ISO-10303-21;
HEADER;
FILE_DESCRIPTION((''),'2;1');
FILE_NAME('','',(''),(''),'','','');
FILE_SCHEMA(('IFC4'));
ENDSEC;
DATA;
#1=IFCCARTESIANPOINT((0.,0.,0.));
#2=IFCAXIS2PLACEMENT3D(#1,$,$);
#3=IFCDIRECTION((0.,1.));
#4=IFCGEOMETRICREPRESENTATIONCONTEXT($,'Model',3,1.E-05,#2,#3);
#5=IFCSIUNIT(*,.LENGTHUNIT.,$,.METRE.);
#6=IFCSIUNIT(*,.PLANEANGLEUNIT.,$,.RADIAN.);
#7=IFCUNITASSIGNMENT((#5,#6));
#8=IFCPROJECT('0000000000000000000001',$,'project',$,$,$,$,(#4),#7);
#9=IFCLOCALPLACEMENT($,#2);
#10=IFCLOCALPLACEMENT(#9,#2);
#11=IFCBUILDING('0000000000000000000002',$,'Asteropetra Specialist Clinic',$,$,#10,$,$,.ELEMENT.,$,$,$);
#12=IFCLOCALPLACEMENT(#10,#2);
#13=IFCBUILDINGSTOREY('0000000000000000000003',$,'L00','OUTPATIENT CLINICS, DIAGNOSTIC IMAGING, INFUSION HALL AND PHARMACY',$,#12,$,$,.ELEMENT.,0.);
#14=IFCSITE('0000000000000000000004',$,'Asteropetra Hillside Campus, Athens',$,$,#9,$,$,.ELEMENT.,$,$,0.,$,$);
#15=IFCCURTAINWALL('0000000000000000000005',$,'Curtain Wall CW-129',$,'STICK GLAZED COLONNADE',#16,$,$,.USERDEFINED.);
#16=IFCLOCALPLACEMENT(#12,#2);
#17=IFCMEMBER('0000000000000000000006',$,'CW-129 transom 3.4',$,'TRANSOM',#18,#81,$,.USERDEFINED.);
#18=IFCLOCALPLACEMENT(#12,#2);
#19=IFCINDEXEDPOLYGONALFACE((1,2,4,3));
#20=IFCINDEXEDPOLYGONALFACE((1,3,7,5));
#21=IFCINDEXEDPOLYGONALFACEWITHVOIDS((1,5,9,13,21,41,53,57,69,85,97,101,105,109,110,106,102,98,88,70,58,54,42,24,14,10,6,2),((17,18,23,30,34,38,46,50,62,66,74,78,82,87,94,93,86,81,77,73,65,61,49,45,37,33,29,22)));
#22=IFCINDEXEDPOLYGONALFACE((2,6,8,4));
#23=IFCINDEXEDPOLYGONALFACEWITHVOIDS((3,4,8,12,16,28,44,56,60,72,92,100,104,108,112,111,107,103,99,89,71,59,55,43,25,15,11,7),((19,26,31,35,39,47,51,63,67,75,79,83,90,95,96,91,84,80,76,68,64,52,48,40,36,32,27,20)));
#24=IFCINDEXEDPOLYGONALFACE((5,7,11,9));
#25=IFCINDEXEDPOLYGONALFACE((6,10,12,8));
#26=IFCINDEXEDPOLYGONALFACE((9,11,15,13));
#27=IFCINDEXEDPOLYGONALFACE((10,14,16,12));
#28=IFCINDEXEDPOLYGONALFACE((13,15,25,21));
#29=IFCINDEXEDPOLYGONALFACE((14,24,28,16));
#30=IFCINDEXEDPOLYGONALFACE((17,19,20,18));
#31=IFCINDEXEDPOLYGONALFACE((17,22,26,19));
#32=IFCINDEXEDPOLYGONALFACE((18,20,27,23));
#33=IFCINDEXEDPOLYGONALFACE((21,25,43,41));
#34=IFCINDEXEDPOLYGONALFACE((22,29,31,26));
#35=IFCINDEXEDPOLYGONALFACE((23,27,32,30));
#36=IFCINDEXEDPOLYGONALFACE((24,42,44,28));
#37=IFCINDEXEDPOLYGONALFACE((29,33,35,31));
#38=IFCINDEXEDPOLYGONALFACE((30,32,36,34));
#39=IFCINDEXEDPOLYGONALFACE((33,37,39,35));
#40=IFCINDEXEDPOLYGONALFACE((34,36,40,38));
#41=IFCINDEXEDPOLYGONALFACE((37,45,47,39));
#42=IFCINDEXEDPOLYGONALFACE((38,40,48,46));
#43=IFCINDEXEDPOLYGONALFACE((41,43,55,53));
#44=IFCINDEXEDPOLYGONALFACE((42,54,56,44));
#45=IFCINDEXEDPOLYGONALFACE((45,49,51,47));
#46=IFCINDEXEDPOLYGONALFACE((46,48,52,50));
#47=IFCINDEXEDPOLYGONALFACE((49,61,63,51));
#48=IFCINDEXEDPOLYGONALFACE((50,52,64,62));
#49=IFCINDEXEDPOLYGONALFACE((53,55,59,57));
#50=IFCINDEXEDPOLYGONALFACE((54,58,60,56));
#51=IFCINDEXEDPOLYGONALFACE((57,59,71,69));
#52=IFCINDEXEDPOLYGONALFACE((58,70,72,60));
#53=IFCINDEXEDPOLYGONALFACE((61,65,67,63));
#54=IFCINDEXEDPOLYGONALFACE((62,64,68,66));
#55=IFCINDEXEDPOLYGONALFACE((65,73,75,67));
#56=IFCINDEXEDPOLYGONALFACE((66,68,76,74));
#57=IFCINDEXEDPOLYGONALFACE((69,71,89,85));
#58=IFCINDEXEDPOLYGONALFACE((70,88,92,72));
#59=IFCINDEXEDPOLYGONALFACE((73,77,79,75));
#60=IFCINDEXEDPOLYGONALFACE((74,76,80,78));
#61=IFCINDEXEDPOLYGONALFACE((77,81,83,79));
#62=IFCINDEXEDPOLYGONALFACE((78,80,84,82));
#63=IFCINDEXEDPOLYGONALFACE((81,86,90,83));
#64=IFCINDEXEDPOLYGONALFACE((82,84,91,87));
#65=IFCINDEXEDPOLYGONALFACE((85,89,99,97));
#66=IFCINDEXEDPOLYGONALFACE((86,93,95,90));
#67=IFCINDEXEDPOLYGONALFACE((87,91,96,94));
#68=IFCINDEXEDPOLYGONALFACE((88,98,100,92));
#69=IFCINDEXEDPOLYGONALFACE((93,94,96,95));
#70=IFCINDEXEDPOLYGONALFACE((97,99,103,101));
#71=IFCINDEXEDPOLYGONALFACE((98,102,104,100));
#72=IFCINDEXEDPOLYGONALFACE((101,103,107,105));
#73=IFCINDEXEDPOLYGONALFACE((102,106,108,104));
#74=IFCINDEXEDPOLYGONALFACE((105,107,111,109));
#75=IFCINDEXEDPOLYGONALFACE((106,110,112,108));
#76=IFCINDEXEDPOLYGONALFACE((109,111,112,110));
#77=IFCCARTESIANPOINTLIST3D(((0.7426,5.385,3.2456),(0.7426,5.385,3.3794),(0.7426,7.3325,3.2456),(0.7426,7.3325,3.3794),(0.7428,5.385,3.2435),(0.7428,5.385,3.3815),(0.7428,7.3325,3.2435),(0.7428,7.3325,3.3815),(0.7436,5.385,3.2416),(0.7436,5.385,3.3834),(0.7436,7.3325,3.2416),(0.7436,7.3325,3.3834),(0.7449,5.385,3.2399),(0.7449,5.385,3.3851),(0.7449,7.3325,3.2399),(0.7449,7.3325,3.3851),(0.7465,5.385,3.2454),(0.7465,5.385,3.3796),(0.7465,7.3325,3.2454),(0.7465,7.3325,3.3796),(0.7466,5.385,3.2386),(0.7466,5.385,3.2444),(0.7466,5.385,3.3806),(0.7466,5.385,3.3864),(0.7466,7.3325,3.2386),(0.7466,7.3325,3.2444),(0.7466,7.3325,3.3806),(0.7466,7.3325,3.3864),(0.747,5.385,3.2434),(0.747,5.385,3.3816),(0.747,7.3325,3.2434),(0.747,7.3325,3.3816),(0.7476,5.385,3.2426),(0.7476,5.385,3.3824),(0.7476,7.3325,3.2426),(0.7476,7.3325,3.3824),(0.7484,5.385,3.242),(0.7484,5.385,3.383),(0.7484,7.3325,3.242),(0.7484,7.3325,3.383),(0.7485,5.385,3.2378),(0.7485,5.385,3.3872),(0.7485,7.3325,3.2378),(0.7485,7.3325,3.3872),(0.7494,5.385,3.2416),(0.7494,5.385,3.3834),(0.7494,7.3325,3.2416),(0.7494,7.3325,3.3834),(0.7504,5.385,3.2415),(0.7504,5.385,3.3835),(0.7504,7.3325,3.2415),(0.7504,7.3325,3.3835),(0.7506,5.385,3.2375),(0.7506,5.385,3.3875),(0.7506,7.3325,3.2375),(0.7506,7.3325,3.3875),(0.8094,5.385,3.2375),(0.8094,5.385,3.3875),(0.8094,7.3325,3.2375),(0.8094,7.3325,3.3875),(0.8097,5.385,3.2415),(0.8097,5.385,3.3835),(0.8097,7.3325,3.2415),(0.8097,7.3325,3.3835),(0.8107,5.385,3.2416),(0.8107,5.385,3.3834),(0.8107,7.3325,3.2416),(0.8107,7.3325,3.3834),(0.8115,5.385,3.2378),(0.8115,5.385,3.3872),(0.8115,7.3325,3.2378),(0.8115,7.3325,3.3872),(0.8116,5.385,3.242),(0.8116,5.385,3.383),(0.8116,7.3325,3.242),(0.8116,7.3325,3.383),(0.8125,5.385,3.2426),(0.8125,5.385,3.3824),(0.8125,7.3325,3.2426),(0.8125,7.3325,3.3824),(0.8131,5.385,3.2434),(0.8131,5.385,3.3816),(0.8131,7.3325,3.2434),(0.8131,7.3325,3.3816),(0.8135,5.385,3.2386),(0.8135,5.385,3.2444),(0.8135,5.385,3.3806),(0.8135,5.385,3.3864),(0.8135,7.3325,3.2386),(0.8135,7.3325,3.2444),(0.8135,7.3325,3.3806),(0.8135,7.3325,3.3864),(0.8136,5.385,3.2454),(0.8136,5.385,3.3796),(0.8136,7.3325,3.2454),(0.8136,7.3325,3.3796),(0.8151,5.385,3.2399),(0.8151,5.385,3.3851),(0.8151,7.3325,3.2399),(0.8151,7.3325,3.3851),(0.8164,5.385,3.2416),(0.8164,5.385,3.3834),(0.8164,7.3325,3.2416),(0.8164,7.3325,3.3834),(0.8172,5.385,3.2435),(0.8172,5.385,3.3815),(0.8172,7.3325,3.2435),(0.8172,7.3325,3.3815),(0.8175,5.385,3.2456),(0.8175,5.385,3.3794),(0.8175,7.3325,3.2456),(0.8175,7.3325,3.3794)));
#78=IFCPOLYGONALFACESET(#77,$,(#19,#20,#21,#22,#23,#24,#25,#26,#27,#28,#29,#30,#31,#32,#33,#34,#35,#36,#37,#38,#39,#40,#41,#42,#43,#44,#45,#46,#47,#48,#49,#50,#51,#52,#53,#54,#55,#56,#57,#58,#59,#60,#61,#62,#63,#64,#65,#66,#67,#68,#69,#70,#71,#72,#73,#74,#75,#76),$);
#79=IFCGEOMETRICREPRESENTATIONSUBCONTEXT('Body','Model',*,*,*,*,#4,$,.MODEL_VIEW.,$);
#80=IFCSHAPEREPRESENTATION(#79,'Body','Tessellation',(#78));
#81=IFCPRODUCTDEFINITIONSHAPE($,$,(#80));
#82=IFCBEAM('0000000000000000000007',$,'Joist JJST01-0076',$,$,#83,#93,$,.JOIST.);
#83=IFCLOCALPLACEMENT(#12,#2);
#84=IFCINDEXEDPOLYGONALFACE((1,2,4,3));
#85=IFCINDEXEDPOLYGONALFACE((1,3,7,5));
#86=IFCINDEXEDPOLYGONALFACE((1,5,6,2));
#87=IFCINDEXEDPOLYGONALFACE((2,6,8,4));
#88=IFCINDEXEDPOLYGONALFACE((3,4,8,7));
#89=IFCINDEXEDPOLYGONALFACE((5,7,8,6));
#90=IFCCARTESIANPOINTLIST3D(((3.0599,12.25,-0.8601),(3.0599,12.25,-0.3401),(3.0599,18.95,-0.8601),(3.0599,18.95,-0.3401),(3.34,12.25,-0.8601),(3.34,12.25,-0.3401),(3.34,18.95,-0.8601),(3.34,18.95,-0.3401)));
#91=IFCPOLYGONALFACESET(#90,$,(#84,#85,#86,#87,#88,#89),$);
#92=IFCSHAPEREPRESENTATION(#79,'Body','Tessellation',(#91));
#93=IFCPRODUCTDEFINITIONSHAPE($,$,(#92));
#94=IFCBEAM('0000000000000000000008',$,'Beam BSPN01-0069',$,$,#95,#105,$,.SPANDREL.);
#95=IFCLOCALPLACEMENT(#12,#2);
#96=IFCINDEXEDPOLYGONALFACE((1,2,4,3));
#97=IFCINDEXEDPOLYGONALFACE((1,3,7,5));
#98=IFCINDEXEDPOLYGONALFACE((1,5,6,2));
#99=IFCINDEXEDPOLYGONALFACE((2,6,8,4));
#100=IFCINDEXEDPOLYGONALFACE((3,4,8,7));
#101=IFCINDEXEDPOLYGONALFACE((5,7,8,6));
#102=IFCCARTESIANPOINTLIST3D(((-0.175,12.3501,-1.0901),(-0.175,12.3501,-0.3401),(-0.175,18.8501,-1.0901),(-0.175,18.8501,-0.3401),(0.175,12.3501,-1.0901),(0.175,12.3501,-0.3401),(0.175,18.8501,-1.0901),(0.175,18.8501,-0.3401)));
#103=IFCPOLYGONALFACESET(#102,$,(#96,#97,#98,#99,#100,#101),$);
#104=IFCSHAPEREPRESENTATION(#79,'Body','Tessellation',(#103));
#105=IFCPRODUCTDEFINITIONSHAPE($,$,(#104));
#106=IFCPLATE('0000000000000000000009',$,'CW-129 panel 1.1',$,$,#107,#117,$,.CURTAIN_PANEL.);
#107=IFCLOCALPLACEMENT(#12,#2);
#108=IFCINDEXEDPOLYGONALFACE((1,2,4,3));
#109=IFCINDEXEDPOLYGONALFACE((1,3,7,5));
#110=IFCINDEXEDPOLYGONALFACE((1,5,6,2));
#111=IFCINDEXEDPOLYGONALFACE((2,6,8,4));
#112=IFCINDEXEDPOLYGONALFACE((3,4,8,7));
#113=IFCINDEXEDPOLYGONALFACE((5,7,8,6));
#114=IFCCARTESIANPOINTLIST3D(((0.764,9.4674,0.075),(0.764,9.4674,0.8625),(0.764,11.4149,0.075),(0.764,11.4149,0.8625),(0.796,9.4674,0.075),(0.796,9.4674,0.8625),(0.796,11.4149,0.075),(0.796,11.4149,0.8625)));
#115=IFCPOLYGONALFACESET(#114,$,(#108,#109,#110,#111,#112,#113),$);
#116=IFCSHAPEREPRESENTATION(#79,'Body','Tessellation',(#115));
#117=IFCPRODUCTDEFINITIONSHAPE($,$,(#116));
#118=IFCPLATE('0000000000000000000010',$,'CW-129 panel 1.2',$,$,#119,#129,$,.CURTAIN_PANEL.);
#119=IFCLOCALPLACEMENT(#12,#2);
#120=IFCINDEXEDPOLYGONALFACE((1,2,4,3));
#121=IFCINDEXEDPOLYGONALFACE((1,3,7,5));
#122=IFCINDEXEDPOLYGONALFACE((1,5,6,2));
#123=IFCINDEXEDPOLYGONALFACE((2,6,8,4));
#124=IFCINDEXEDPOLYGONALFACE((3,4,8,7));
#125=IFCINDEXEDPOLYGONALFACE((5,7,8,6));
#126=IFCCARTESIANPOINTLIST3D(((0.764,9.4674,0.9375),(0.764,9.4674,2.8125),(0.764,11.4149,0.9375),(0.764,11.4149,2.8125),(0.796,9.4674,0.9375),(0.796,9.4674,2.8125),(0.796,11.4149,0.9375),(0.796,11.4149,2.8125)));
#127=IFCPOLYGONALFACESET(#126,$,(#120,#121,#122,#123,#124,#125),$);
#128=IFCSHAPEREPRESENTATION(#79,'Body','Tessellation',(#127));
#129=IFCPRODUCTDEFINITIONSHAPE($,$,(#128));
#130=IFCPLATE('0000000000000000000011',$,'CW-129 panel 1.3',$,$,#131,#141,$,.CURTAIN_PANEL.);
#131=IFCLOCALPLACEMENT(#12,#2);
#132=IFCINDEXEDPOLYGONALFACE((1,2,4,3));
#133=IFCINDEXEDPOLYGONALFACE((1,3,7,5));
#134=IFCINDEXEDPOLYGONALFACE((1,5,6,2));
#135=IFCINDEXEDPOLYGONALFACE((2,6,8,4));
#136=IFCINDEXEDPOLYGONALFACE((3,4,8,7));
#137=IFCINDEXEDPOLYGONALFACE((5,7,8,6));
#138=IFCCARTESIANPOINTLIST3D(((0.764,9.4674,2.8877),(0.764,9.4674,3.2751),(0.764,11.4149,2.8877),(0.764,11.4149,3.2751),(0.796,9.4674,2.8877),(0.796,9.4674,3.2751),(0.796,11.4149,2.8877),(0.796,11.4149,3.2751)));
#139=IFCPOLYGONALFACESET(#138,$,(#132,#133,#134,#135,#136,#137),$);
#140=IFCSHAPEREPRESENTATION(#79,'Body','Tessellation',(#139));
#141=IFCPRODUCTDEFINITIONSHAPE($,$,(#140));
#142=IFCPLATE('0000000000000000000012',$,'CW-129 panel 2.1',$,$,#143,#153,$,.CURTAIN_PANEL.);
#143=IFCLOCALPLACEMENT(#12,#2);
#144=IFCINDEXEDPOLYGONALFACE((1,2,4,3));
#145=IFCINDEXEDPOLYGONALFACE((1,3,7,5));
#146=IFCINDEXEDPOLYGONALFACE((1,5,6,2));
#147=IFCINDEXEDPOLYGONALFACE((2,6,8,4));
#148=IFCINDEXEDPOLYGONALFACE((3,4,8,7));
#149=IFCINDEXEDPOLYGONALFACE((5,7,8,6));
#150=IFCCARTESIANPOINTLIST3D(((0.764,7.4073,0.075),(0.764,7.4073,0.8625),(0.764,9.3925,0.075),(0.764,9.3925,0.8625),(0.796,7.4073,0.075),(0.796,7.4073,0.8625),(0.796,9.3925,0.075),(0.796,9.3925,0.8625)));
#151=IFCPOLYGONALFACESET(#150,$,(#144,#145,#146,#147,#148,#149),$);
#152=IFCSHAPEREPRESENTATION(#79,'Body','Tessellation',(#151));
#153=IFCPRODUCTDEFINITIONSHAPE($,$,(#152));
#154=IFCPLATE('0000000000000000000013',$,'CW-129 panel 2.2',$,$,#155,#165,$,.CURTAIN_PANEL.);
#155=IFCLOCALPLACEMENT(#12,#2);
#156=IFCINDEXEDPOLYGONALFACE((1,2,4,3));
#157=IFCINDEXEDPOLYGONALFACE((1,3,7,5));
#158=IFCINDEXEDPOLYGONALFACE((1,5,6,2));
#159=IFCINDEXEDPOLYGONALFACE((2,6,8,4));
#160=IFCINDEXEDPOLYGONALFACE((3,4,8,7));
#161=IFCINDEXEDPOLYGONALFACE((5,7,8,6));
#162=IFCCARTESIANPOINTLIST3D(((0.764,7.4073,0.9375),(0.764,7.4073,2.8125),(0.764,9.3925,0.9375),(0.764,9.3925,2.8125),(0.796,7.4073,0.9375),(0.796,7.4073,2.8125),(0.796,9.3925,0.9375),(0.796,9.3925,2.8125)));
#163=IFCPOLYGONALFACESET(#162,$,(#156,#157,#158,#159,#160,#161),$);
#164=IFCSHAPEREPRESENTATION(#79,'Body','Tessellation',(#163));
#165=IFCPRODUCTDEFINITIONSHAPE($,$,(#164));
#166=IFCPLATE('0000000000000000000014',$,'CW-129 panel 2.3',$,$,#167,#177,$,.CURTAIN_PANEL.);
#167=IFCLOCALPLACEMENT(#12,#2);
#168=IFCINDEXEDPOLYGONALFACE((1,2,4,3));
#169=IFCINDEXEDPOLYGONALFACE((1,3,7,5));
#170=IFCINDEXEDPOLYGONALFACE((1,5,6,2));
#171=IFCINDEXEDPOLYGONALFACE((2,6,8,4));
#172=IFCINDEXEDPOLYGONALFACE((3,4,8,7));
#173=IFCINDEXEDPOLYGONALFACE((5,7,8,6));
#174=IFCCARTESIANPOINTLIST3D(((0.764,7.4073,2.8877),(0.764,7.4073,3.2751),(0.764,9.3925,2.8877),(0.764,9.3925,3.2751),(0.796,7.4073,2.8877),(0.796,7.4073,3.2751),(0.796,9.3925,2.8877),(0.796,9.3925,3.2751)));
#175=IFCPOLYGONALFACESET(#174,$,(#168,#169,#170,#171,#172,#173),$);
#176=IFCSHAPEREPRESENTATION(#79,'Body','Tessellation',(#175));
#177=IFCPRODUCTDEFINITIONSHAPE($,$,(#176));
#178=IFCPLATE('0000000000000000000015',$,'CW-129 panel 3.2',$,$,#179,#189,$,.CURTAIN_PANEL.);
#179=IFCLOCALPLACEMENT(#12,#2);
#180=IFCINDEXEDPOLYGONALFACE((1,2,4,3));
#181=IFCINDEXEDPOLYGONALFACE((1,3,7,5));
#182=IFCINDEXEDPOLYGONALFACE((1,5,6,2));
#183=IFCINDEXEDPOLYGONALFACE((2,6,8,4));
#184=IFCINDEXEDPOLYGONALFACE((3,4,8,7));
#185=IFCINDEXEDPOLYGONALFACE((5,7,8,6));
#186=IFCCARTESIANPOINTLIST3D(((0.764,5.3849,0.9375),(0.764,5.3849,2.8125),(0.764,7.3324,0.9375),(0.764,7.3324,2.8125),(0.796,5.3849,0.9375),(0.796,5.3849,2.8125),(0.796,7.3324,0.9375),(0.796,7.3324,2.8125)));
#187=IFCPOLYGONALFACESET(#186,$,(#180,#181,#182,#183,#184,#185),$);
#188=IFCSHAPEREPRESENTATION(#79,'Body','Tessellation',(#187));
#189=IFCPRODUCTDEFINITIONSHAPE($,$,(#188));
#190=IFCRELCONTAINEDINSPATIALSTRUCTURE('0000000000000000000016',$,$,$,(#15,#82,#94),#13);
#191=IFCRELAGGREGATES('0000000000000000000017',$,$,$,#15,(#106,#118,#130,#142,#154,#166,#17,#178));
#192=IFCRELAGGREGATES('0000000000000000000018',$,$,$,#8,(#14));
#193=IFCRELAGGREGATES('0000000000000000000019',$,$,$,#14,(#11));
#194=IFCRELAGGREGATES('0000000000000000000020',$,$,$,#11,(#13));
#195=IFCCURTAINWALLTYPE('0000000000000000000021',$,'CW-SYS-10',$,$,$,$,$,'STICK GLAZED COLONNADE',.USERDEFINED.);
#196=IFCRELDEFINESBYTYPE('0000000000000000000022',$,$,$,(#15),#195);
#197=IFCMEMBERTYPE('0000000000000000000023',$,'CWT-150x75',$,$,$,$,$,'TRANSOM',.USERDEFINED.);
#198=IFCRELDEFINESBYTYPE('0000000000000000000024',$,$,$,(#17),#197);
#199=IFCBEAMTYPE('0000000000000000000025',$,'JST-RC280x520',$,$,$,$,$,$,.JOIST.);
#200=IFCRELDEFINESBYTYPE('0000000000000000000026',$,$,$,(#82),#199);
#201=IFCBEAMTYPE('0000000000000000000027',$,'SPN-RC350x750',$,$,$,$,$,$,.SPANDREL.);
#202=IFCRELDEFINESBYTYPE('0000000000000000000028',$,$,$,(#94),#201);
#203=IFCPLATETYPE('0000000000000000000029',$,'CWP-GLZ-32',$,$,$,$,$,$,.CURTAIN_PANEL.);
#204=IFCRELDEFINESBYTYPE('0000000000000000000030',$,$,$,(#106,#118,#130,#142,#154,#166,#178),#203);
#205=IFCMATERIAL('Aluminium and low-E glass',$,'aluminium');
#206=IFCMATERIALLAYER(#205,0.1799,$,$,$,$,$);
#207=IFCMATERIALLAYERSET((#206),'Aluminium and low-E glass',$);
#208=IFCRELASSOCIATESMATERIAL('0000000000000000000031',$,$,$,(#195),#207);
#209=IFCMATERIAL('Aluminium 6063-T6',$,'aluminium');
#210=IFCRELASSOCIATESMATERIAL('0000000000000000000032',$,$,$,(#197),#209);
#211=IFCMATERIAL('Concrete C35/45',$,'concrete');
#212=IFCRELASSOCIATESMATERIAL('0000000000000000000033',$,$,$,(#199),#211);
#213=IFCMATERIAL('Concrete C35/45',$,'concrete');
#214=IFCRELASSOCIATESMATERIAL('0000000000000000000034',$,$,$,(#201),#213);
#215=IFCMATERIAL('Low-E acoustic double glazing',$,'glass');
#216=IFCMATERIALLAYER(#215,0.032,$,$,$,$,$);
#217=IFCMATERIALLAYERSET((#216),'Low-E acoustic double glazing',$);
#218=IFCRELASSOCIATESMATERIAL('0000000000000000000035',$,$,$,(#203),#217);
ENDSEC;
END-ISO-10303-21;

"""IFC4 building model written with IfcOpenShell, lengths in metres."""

from ifc_helpers import new_model, si_unit, direction, frame, origin, origin_2d, place, context, subcontext, project, spatial, rectangle, hollow_rectangle, extrude, material, layer, layer_set, material_profile, profile_set, type_object, element, aggregate, save


model = new_model("IFC4")

# Units and contexts
model_context = context("Model", 3, precision=1e-05, world=origin(), true_north=direction((0.0, 1.0)))
body_context = subcontext(model_context, "Body", "Model", "MODEL_VIEW")
ifc_project = project(units=[si_unit("LENGTHUNIT", "METRE"), si_unit("PLANEANGLEUNIT", "RADIAN")], contexts=[model_context])

# Site, building, storey
site_placement = place(None, origin())
site = spatial("IfcSite", under=ifc_project, at=site_placement, Name="Asteropetra Hillside Campus, Athens", CompositionType="ELEMENT", RefElevation=0.0)
building_placement = place(site_placement, origin())
building = spatial("IfcBuilding", under=site, at=building_placement, Name="Asteropetra Specialist Clinic", CompositionType="ELEMENT")
storey_placement = place(building_placement, origin())
storey = spatial("IfcBuildingStorey", under=building, at=storey_placement, Name="L00", Description="OUTPATIENT CLINICS, DIAGNOSTIC IMAGING, INFUSION HALL AND PHARMACY", CompositionType="ELEMENT", Elevation=0.0)

# Curtain wall
ifc_material_1 = material(Name="Aluminium and low-E glass", Category="aluminium")
ifc_layer_1 = layer(ifc_material_1, 0.1799)
ifc_layer_set_1 = layer_set([ifc_layer_1], Name="Aluminium and low-E glass")
curtain_wall_type = type_object("IfcCurtainWallType", Name="CW-SYS-10", ElementType="STICK GLAZED COLONNADE", PredefinedType="USERDEFINED", material=ifc_layer_set_1)
curtain_wall_1_placement = place(storey_placement, origin())
curtain_wall_1 = element("IfcCurtainWall", 1, at=curtain_wall_1_placement, inside=storey, type_object=curtain_wall_type, Name="Curtain Wall CW-129", ObjectType="STICK GLAZED COLONNADE", PredefinedType="USERDEFINED")

# Member
ifc_material_2 = material(Name="Aluminium 6063-T6", Category="aluminium")
ifc_material_profile_1 = material_profile(ifc_material_2, hollow_rectangle(XDim=0.075, YDim=0.1499, WallThickness=0.0039, InnerFilletRadius=0.0039, OuterFilletRadius=0.0081, at=origin_2d()), Name="TRN 150x75x4.0")
ifc_profile_set_1 = profile_set([ifc_material_profile_1], Name="Aluminium 6063-T6")
member_type_1 = type_object("IfcMemberType", Name="CWT-150x75", ElementType="TRANSOM", PredefinedType="USERDEFINED", material=ifc_profile_set_1)
member_1_placement = place(storey_placement, frame((0.78, 7.3325, 3.3125), z_axis=(0.0, -1.0, 0.0), x_axis=(1.0, 0.0, 0.0)))
member_1 = element("IfcMember", 2, at=member_1_placement, type_object=member_type_1, Name="CW-129 transom 3.4", ObjectType="TRANSOM", PredefinedType="USERDEFINED", context=body_context, shape_type="SweptSolid", body=[
    extrude(hollow_rectangle(XDim=0.075, YDim=0.1499, WallThickness=0.0039, InnerFilletRadius=0.0039, OuterFilletRadius=0.0081, at=origin_2d()), origin(), (0.0, 0.0, 1.0), 1.9475),
])

# Beams
ifc_material_3 = material(Name="Concrete C35/45", Category="concrete")
ifc_material_profile_2 = material_profile(ifc_material_3, rectangle(XDim=0.28, YDim=0.52, at=origin_2d()), Name="RCJ 280x520")
ifc_profile_set_2 = profile_set([ifc_material_profile_2], Name="Concrete C35/45")
beam_type_1 = type_object("IfcBeamType", Name="JST-RC280x520", PredefinedType="JOIST", material=ifc_profile_set_2)
beam_1_placement = place(storey_placement, frame((3.2, 12.25, -0.6001), z_axis=(0.0, 1.0, 0.0), x_axis=(-1.0, 0.0, 0.0)))
element("IfcBeam", 3, at=beam_1_placement, inside=storey, type_object=beam_type_1, Name="Joist JJST01-0076", PredefinedType="JOIST", context=body_context, shape_type="SweptSolid", body=[
    extrude(rectangle(XDim=0.28, YDim=0.52, at=origin_2d()), origin(), (0.0, 0.0, 1.0), 6.7),
])
ifc_material_4 = material(Name="Concrete C35/45", Category="concrete")
ifc_material_profile_3 = material_profile(ifc_material_4, rectangle(XDim=0.3501, YDim=0.75, at=origin_2d()), Name="RCS 350x750")
ifc_profile_set_3 = profile_set([ifc_material_profile_3], Name="Concrete C35/45")
beam_type_2 = type_object("IfcBeamType", Name="SPN-RC350x750", PredefinedType="SPANDREL", material=ifc_profile_set_3)
beam_2_placement = place(storey_placement, frame((0.0, 12.3501, -0.7151), z_axis=(0.0, 1.0, 0.0), x_axis=(-1.0, 0.0, 0.0)))
element("IfcBeam", 4, at=beam_2_placement, inside=storey, type_object=beam_type_2, Name="Beam BSPN01-0069", PredefinedType="SPANDREL", context=body_context, shape_type="SweptSolid", body=[
    extrude(rectangle(XDim=0.3501, YDim=0.75, at=origin_2d()), origin(), (0.0, 0.0, 1.0), 6.5),
])

# Plates
ifc_material_5 = material(Name="Low-E acoustic double glazing", Category="glass")
ifc_layer_2 = layer(ifc_material_5, 0.032)
ifc_layer_set_2 = layer_set([ifc_layer_2], Name="Low-E acoustic double glazing")
plate_type_1 = type_object("IfcPlateType", Name="CWP-GLZ-32", PredefinedType="CURTAIN_PANEL", material=ifc_layer_set_2)
plate_1_placement = place(storey_placement, frame((0.78, 10.4412, 0.075), z_axis=(0.0, 0.0, 1.0), x_axis=(0.0, -1.0, 0.0)))
plate_1 = element("IfcPlate", 5, at=plate_1_placement, type_object=plate_type_1, Name="CW-129 panel 1.1", PredefinedType="CURTAIN_PANEL", context=body_context, shape_type="SweptSolid", body=[
    extrude(rectangle(XDim=1.9475, YDim=0.032, at=origin_2d()), origin(), (0.0, 0.0, 1.0), 0.7876),
])
plate_2_placement = place(storey_placement, frame((0.78, 10.4412, 0.9375), z_axis=(0.0, 0.0, 1.0), x_axis=(0.0, -1.0, 0.0)))
plate_2 = element("IfcPlate", 6, at=plate_2_placement, type_object=plate_type_1, Name="CW-129 panel 1.2", PredefinedType="CURTAIN_PANEL", context=body_context, shape_type="SweptSolid", body=[
    extrude(rectangle(XDim=1.9475, YDim=0.032, at=origin_2d()), origin(), (0.0, 0.0, 1.0), 1.875),
])
plate_3_placement = place(storey_placement, frame((0.78, 10.4412, 2.8877), z_axis=(0.0, 0.0, 1.0), x_axis=(0.0, -1.0, 0.0)))
plate_3 = element("IfcPlate", 7, at=plate_3_placement, type_object=plate_type_1, Name="CW-129 panel 1.3", PredefinedType="CURTAIN_PANEL", context=body_context, shape_type="SweptSolid", body=[
    extrude(rectangle(XDim=1.9475, YDim=0.032, at=origin_2d()), origin(), (0.0, 0.0, 1.0), 0.3875),
])
plate_4_placement = place(storey_placement, frame((0.78, 8.3999, 0.075), z_axis=(0.0, 0.0, 1.0), x_axis=(0.0, -1.0, 0.0)))
plate_4 = element("IfcPlate", 8, at=plate_4_placement, type_object=plate_type_1, Name="CW-129 panel 2.1", PredefinedType="CURTAIN_PANEL", context=body_context, shape_type="SweptSolid", body=[
    extrude(rectangle(XDim=1.9851, YDim=0.032, at=origin_2d()), origin(), (0.0, 0.0, 1.0), 0.7876),
])
plate_5_placement = place(storey_placement, frame((0.78, 8.3999, 0.9375), z_axis=(0.0, 0.0, 1.0), x_axis=(0.0, -1.0, 0.0)))
plate_5 = element("IfcPlate", 9, at=plate_5_placement, type_object=plate_type_1, Name="CW-129 panel 2.2", PredefinedType="CURTAIN_PANEL", context=body_context, shape_type="SweptSolid", body=[
    extrude(rectangle(XDim=1.9851, YDim=0.032, at=origin_2d()), origin(), (0.0, 0.0, 1.0), 1.875),
])
plate_6_placement = place(storey_placement, frame((0.78, 8.3999, 2.8877), z_axis=(0.0, 0.0, 1.0), x_axis=(0.0, -1.0, 0.0)))
plate_6 = element("IfcPlate", 10, at=plate_6_placement, type_object=plate_type_1, Name="CW-129 panel 2.3", PredefinedType="CURTAIN_PANEL", context=body_context, shape_type="SweptSolid", body=[
    extrude(rectangle(XDim=1.9851, YDim=0.032, at=origin_2d()), origin(), (0.0, 0.0, 1.0), 0.3875),
])
plate_7_placement = place(storey_placement, frame((0.78, 6.3586, 0.9375), z_axis=(0.0, 0.0, 1.0), x_axis=(0.0, -1.0, 0.0)))
plate_7 = element("IfcPlate", 11, at=plate_7_placement, type_object=plate_type_1, Name="CW-129 panel 3.2", PredefinedType="CURTAIN_PANEL", context=body_context, shape_type="SweptSolid", body=[
    extrude(rectangle(XDim=1.9475, YDim=0.032, at=origin_2d()), origin(), (0.0, 0.0, 1.0), 1.875),
])
aggregate(curtain_wall_1, [plate_1, plate_2, plate_3, plate_4, plate_5, plate_6, member_1, plate_7])

save(model, "model.ifc")
